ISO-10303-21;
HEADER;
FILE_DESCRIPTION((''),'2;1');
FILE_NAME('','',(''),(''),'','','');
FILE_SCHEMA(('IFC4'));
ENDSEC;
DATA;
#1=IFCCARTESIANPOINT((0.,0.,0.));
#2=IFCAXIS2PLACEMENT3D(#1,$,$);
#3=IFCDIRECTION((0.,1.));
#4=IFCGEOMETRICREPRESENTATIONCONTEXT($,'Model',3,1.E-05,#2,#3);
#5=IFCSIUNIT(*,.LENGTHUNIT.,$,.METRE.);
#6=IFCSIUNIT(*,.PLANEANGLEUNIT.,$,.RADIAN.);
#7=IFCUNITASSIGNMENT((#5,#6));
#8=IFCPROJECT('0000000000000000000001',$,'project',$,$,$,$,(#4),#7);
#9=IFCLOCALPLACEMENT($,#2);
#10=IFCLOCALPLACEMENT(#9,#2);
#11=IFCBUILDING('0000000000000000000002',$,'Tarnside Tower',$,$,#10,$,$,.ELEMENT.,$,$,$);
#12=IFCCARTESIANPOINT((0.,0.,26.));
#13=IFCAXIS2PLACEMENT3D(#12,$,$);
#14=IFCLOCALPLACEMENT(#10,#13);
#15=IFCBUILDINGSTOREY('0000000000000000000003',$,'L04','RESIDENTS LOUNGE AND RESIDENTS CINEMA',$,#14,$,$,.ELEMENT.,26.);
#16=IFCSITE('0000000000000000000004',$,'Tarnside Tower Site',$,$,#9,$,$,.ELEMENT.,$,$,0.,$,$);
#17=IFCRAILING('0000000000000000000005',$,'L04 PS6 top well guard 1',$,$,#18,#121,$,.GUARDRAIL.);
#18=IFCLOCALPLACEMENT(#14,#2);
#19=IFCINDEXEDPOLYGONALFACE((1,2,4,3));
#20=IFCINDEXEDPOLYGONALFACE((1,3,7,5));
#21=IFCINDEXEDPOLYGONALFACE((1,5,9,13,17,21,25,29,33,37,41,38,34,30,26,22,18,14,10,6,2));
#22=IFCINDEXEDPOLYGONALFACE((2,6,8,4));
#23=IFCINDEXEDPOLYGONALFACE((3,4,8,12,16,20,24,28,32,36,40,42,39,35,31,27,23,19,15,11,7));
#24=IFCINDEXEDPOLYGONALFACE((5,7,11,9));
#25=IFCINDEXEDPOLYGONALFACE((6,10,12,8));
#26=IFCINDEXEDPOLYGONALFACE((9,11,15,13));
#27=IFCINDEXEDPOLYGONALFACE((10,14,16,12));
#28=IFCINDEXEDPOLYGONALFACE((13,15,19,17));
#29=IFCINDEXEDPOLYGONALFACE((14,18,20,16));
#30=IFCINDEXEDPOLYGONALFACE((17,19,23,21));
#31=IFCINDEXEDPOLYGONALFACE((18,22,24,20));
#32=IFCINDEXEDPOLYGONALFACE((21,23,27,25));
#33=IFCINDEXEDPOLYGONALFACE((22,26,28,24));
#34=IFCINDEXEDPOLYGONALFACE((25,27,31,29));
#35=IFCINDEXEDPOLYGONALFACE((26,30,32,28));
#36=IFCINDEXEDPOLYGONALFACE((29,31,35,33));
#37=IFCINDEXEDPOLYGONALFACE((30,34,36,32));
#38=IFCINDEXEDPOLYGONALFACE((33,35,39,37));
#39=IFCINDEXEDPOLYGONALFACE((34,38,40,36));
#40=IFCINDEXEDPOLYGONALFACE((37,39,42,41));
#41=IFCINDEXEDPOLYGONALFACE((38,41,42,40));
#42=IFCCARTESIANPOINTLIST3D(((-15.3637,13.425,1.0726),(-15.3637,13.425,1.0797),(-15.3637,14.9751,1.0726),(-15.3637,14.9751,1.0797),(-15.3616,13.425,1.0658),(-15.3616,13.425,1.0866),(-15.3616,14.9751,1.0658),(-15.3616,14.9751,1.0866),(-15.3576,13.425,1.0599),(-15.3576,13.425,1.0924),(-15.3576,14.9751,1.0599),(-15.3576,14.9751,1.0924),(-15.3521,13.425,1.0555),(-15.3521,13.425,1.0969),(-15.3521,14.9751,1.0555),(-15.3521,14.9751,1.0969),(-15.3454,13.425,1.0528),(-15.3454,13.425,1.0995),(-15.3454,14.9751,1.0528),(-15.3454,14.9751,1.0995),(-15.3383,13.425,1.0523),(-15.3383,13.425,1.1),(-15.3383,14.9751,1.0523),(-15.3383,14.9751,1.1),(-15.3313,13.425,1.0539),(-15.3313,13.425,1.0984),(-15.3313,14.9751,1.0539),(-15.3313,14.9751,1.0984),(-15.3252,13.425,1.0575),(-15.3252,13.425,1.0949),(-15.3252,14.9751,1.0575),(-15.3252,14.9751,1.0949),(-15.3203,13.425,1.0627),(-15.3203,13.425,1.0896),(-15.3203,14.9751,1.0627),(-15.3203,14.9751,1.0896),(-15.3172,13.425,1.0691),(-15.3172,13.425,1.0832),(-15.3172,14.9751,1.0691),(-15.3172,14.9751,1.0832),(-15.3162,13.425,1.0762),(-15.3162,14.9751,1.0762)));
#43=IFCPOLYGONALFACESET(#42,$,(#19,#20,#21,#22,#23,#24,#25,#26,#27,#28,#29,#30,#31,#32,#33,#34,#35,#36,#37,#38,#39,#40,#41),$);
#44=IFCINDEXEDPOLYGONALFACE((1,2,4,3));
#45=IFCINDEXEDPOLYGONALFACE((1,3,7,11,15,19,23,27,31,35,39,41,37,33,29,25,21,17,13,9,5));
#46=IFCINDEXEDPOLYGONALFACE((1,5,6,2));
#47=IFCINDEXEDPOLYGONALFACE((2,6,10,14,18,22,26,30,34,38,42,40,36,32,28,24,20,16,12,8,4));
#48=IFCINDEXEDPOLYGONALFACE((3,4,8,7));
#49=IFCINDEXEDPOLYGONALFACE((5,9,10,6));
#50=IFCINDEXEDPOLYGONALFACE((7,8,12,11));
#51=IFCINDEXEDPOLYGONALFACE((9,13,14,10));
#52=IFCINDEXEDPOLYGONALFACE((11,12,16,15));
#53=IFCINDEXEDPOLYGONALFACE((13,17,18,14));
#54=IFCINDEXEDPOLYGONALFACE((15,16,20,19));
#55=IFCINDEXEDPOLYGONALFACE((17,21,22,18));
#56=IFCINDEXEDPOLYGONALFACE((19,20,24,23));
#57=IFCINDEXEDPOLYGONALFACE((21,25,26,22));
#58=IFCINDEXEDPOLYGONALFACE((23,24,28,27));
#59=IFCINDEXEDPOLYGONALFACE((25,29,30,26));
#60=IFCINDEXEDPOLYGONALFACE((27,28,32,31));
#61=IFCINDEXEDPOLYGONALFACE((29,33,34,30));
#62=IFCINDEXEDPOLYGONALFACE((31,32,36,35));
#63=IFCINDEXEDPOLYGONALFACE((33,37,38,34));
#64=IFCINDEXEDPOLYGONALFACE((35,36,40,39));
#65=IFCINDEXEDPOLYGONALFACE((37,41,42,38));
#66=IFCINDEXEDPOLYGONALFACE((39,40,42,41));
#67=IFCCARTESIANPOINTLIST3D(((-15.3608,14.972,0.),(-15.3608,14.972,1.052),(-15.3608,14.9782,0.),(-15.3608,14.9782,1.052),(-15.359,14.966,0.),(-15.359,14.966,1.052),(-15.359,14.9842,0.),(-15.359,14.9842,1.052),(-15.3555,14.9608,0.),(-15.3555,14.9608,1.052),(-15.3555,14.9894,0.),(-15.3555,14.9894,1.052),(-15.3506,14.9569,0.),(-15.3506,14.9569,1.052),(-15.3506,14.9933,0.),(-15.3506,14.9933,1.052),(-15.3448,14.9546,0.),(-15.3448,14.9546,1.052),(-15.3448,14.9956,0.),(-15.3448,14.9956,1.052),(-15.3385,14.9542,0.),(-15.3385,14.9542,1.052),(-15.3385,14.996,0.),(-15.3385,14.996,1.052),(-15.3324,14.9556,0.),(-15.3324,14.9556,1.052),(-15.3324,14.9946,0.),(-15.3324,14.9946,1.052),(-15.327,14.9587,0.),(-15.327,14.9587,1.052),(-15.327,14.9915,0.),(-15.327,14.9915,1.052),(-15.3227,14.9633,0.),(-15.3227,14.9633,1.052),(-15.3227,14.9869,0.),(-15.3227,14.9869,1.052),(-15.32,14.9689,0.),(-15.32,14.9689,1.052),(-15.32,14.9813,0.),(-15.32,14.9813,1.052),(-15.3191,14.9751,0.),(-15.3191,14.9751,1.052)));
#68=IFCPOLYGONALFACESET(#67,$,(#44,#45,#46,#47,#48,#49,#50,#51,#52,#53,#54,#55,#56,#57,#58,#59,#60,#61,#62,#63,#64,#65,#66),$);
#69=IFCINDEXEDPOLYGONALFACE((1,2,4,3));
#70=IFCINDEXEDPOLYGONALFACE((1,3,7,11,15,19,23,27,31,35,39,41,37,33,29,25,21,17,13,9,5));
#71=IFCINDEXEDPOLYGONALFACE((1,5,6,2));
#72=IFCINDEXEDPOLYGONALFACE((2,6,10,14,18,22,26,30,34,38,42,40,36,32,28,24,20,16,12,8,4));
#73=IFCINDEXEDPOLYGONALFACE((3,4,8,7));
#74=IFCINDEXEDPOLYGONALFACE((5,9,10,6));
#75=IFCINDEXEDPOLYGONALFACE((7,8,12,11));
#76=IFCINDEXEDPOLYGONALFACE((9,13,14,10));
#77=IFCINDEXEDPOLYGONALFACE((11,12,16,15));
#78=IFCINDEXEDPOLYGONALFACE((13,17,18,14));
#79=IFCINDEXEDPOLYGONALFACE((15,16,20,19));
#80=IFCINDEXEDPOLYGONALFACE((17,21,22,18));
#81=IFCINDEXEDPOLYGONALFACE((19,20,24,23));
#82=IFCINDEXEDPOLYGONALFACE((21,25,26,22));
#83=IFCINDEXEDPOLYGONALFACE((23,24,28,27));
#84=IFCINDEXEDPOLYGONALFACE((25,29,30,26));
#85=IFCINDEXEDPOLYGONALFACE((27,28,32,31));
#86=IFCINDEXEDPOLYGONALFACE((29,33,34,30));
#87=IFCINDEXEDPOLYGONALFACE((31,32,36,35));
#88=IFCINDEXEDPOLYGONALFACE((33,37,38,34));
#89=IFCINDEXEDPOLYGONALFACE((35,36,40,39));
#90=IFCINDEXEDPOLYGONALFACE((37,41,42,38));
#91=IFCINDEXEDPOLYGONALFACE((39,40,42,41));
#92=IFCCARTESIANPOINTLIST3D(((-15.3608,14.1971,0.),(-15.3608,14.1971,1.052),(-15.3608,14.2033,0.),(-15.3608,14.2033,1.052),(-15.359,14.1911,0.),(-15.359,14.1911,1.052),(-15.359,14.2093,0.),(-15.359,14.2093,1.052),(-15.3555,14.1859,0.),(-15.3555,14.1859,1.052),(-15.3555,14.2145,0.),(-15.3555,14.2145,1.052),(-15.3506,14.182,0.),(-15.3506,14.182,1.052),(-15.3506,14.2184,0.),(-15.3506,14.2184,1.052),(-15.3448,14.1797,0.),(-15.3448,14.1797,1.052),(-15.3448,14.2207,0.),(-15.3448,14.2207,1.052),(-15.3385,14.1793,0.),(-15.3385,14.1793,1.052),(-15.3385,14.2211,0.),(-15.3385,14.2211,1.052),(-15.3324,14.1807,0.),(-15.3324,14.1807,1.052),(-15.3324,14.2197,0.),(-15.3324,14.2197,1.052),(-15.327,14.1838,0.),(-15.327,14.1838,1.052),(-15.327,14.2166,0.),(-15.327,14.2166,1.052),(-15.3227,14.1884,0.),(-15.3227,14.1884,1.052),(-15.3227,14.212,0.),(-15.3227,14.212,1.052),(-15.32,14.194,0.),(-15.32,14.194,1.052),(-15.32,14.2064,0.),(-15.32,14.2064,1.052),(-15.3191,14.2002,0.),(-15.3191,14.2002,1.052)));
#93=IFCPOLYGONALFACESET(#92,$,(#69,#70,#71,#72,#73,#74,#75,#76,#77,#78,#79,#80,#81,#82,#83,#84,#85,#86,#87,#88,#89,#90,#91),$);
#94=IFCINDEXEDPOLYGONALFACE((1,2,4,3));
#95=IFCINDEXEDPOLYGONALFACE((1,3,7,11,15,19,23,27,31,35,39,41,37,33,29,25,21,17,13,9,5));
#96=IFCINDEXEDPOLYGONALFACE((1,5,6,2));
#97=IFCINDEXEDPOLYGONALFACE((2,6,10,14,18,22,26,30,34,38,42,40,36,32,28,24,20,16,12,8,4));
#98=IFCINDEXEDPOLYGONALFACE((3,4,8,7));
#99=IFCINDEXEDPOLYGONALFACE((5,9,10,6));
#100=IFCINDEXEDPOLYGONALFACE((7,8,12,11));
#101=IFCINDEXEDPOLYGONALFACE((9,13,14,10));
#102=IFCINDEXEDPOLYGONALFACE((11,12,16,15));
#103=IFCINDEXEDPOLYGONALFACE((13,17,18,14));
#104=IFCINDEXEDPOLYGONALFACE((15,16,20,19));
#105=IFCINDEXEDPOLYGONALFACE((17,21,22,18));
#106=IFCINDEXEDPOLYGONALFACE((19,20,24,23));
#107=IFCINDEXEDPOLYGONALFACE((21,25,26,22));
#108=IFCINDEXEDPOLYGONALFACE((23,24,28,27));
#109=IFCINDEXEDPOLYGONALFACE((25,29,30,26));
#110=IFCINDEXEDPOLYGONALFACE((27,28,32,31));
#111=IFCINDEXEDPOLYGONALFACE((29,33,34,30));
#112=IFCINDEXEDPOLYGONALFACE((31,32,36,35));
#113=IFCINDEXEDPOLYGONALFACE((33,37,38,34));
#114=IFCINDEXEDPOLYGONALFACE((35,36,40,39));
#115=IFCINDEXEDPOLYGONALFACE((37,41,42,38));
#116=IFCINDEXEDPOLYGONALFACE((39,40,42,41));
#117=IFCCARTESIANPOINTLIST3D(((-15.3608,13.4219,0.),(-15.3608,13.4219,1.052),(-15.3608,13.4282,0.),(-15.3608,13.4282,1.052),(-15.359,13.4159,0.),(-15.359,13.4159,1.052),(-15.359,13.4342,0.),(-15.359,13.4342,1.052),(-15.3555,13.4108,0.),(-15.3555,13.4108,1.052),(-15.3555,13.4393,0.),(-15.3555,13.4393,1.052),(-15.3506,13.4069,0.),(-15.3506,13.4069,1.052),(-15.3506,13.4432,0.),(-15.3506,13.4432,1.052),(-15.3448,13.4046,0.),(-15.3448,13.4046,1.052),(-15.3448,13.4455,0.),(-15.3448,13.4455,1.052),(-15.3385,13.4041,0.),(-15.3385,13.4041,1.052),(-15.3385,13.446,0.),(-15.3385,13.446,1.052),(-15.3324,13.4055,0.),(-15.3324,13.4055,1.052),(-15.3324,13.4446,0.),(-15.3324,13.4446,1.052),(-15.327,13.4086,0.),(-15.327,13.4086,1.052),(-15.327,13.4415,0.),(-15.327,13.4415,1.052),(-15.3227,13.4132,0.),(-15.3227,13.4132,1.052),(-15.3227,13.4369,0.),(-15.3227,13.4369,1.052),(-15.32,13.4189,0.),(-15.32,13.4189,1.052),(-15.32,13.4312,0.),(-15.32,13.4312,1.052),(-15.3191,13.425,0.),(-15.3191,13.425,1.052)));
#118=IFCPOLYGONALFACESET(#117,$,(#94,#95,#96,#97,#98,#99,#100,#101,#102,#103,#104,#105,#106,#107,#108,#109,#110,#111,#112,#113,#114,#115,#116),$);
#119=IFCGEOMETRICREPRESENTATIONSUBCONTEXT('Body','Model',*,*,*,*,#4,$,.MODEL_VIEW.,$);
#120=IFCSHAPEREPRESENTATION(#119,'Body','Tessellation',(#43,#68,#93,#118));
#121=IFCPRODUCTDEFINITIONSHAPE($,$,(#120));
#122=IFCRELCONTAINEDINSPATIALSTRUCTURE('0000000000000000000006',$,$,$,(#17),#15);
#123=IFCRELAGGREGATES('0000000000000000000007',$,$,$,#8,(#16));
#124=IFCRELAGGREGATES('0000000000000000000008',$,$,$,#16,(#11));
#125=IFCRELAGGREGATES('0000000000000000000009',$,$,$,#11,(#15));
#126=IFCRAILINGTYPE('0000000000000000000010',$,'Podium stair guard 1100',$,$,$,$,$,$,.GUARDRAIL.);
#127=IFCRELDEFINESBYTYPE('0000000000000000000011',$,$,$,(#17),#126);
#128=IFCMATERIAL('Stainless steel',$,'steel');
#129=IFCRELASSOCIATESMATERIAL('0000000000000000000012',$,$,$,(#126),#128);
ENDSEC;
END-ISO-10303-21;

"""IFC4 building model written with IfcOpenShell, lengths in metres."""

from ifc_helpers import new_model, si_unit, direction, frame, origin, origin_2d, place, context, subcontext, project, spatial, circle, extrude, material, type_object, element, save


model = new_model("IFC4")

# Units and contexts
model_context = context("Model", 3, precision=1e-05, world=origin(), true_north=direction((0.0, 1.0)))
body_context = subcontext(model_context, "Body", "Model", "MODEL_VIEW")
ifc_project = project(units=[si_unit("LENGTHUNIT", "METRE"), si_unit("PLANEANGLEUNIT", "RADIAN")], contexts=[model_context])

# Site, building, storey
site_placement = place(None, origin())
site = spatial("IfcSite", under=ifc_project, at=site_placement, Name="Tarnside Tower Site", CompositionType="ELEMENT", RefElevation=0.0)
building_placement = place(site_placement, origin())
building = spatial("IfcBuilding", under=site, at=building_placement, Name="Tarnside Tower", CompositionType="ELEMENT")
storey_placement = place(building_placement, frame((0.0, 0.0, 26.0)))
storey = spatial("IfcBuildingStorey", under=building, at=storey_placement, Name="L04", Description="RESIDENTS LOUNGE AND RESIDENTS CINEMA", CompositionType="ELEMENT", Elevation=26.0)

# Railing
ifc_material_1 = material(Name="Stainless steel", Category="steel")
railing_type = type_object("IfcRailingType", Name="Podium stair guard 1100", PredefinedType="GUARDRAIL", material=ifc_material_1)
railing_1_placement = place(storey_placement, frame((-15.3401, 14.9751, 0.0)))
element("IfcRailing", 1, at=railing_1_placement, inside=storey, type_object=railing_type, Name="L04 PS6 top well guard 1", PredefinedType="GUARDRAIL", context=body_context, shape_type="SweptSolid", body=[
    extrude(circle(Radius=0.0239, at=origin_2d()), frame((0.0, 0.0, 1.0762), z_axis=(0.0, -1.0, 0.0), x_axis=(1.0, 0.0, 0.0)), (0.0, 0.0, 1.0), 1.55),
    extrude(circle(Radius=0.021, at=origin_2d()), origin(), (0.0, 0.0, 1.0), 1.052),
    extrude(circle(Radius=0.021, at=origin_2d()), frame((0.0, -0.7749, 0.0)), (0.0, 0.0, 1.0), 1.052),
    extrude(circle(Radius=0.021, at=origin_2d()), frame((0.0, -1.55, 0.0)), (0.0, 0.0, 1.0), 1.052),
])

save(model, "model.ifc")
